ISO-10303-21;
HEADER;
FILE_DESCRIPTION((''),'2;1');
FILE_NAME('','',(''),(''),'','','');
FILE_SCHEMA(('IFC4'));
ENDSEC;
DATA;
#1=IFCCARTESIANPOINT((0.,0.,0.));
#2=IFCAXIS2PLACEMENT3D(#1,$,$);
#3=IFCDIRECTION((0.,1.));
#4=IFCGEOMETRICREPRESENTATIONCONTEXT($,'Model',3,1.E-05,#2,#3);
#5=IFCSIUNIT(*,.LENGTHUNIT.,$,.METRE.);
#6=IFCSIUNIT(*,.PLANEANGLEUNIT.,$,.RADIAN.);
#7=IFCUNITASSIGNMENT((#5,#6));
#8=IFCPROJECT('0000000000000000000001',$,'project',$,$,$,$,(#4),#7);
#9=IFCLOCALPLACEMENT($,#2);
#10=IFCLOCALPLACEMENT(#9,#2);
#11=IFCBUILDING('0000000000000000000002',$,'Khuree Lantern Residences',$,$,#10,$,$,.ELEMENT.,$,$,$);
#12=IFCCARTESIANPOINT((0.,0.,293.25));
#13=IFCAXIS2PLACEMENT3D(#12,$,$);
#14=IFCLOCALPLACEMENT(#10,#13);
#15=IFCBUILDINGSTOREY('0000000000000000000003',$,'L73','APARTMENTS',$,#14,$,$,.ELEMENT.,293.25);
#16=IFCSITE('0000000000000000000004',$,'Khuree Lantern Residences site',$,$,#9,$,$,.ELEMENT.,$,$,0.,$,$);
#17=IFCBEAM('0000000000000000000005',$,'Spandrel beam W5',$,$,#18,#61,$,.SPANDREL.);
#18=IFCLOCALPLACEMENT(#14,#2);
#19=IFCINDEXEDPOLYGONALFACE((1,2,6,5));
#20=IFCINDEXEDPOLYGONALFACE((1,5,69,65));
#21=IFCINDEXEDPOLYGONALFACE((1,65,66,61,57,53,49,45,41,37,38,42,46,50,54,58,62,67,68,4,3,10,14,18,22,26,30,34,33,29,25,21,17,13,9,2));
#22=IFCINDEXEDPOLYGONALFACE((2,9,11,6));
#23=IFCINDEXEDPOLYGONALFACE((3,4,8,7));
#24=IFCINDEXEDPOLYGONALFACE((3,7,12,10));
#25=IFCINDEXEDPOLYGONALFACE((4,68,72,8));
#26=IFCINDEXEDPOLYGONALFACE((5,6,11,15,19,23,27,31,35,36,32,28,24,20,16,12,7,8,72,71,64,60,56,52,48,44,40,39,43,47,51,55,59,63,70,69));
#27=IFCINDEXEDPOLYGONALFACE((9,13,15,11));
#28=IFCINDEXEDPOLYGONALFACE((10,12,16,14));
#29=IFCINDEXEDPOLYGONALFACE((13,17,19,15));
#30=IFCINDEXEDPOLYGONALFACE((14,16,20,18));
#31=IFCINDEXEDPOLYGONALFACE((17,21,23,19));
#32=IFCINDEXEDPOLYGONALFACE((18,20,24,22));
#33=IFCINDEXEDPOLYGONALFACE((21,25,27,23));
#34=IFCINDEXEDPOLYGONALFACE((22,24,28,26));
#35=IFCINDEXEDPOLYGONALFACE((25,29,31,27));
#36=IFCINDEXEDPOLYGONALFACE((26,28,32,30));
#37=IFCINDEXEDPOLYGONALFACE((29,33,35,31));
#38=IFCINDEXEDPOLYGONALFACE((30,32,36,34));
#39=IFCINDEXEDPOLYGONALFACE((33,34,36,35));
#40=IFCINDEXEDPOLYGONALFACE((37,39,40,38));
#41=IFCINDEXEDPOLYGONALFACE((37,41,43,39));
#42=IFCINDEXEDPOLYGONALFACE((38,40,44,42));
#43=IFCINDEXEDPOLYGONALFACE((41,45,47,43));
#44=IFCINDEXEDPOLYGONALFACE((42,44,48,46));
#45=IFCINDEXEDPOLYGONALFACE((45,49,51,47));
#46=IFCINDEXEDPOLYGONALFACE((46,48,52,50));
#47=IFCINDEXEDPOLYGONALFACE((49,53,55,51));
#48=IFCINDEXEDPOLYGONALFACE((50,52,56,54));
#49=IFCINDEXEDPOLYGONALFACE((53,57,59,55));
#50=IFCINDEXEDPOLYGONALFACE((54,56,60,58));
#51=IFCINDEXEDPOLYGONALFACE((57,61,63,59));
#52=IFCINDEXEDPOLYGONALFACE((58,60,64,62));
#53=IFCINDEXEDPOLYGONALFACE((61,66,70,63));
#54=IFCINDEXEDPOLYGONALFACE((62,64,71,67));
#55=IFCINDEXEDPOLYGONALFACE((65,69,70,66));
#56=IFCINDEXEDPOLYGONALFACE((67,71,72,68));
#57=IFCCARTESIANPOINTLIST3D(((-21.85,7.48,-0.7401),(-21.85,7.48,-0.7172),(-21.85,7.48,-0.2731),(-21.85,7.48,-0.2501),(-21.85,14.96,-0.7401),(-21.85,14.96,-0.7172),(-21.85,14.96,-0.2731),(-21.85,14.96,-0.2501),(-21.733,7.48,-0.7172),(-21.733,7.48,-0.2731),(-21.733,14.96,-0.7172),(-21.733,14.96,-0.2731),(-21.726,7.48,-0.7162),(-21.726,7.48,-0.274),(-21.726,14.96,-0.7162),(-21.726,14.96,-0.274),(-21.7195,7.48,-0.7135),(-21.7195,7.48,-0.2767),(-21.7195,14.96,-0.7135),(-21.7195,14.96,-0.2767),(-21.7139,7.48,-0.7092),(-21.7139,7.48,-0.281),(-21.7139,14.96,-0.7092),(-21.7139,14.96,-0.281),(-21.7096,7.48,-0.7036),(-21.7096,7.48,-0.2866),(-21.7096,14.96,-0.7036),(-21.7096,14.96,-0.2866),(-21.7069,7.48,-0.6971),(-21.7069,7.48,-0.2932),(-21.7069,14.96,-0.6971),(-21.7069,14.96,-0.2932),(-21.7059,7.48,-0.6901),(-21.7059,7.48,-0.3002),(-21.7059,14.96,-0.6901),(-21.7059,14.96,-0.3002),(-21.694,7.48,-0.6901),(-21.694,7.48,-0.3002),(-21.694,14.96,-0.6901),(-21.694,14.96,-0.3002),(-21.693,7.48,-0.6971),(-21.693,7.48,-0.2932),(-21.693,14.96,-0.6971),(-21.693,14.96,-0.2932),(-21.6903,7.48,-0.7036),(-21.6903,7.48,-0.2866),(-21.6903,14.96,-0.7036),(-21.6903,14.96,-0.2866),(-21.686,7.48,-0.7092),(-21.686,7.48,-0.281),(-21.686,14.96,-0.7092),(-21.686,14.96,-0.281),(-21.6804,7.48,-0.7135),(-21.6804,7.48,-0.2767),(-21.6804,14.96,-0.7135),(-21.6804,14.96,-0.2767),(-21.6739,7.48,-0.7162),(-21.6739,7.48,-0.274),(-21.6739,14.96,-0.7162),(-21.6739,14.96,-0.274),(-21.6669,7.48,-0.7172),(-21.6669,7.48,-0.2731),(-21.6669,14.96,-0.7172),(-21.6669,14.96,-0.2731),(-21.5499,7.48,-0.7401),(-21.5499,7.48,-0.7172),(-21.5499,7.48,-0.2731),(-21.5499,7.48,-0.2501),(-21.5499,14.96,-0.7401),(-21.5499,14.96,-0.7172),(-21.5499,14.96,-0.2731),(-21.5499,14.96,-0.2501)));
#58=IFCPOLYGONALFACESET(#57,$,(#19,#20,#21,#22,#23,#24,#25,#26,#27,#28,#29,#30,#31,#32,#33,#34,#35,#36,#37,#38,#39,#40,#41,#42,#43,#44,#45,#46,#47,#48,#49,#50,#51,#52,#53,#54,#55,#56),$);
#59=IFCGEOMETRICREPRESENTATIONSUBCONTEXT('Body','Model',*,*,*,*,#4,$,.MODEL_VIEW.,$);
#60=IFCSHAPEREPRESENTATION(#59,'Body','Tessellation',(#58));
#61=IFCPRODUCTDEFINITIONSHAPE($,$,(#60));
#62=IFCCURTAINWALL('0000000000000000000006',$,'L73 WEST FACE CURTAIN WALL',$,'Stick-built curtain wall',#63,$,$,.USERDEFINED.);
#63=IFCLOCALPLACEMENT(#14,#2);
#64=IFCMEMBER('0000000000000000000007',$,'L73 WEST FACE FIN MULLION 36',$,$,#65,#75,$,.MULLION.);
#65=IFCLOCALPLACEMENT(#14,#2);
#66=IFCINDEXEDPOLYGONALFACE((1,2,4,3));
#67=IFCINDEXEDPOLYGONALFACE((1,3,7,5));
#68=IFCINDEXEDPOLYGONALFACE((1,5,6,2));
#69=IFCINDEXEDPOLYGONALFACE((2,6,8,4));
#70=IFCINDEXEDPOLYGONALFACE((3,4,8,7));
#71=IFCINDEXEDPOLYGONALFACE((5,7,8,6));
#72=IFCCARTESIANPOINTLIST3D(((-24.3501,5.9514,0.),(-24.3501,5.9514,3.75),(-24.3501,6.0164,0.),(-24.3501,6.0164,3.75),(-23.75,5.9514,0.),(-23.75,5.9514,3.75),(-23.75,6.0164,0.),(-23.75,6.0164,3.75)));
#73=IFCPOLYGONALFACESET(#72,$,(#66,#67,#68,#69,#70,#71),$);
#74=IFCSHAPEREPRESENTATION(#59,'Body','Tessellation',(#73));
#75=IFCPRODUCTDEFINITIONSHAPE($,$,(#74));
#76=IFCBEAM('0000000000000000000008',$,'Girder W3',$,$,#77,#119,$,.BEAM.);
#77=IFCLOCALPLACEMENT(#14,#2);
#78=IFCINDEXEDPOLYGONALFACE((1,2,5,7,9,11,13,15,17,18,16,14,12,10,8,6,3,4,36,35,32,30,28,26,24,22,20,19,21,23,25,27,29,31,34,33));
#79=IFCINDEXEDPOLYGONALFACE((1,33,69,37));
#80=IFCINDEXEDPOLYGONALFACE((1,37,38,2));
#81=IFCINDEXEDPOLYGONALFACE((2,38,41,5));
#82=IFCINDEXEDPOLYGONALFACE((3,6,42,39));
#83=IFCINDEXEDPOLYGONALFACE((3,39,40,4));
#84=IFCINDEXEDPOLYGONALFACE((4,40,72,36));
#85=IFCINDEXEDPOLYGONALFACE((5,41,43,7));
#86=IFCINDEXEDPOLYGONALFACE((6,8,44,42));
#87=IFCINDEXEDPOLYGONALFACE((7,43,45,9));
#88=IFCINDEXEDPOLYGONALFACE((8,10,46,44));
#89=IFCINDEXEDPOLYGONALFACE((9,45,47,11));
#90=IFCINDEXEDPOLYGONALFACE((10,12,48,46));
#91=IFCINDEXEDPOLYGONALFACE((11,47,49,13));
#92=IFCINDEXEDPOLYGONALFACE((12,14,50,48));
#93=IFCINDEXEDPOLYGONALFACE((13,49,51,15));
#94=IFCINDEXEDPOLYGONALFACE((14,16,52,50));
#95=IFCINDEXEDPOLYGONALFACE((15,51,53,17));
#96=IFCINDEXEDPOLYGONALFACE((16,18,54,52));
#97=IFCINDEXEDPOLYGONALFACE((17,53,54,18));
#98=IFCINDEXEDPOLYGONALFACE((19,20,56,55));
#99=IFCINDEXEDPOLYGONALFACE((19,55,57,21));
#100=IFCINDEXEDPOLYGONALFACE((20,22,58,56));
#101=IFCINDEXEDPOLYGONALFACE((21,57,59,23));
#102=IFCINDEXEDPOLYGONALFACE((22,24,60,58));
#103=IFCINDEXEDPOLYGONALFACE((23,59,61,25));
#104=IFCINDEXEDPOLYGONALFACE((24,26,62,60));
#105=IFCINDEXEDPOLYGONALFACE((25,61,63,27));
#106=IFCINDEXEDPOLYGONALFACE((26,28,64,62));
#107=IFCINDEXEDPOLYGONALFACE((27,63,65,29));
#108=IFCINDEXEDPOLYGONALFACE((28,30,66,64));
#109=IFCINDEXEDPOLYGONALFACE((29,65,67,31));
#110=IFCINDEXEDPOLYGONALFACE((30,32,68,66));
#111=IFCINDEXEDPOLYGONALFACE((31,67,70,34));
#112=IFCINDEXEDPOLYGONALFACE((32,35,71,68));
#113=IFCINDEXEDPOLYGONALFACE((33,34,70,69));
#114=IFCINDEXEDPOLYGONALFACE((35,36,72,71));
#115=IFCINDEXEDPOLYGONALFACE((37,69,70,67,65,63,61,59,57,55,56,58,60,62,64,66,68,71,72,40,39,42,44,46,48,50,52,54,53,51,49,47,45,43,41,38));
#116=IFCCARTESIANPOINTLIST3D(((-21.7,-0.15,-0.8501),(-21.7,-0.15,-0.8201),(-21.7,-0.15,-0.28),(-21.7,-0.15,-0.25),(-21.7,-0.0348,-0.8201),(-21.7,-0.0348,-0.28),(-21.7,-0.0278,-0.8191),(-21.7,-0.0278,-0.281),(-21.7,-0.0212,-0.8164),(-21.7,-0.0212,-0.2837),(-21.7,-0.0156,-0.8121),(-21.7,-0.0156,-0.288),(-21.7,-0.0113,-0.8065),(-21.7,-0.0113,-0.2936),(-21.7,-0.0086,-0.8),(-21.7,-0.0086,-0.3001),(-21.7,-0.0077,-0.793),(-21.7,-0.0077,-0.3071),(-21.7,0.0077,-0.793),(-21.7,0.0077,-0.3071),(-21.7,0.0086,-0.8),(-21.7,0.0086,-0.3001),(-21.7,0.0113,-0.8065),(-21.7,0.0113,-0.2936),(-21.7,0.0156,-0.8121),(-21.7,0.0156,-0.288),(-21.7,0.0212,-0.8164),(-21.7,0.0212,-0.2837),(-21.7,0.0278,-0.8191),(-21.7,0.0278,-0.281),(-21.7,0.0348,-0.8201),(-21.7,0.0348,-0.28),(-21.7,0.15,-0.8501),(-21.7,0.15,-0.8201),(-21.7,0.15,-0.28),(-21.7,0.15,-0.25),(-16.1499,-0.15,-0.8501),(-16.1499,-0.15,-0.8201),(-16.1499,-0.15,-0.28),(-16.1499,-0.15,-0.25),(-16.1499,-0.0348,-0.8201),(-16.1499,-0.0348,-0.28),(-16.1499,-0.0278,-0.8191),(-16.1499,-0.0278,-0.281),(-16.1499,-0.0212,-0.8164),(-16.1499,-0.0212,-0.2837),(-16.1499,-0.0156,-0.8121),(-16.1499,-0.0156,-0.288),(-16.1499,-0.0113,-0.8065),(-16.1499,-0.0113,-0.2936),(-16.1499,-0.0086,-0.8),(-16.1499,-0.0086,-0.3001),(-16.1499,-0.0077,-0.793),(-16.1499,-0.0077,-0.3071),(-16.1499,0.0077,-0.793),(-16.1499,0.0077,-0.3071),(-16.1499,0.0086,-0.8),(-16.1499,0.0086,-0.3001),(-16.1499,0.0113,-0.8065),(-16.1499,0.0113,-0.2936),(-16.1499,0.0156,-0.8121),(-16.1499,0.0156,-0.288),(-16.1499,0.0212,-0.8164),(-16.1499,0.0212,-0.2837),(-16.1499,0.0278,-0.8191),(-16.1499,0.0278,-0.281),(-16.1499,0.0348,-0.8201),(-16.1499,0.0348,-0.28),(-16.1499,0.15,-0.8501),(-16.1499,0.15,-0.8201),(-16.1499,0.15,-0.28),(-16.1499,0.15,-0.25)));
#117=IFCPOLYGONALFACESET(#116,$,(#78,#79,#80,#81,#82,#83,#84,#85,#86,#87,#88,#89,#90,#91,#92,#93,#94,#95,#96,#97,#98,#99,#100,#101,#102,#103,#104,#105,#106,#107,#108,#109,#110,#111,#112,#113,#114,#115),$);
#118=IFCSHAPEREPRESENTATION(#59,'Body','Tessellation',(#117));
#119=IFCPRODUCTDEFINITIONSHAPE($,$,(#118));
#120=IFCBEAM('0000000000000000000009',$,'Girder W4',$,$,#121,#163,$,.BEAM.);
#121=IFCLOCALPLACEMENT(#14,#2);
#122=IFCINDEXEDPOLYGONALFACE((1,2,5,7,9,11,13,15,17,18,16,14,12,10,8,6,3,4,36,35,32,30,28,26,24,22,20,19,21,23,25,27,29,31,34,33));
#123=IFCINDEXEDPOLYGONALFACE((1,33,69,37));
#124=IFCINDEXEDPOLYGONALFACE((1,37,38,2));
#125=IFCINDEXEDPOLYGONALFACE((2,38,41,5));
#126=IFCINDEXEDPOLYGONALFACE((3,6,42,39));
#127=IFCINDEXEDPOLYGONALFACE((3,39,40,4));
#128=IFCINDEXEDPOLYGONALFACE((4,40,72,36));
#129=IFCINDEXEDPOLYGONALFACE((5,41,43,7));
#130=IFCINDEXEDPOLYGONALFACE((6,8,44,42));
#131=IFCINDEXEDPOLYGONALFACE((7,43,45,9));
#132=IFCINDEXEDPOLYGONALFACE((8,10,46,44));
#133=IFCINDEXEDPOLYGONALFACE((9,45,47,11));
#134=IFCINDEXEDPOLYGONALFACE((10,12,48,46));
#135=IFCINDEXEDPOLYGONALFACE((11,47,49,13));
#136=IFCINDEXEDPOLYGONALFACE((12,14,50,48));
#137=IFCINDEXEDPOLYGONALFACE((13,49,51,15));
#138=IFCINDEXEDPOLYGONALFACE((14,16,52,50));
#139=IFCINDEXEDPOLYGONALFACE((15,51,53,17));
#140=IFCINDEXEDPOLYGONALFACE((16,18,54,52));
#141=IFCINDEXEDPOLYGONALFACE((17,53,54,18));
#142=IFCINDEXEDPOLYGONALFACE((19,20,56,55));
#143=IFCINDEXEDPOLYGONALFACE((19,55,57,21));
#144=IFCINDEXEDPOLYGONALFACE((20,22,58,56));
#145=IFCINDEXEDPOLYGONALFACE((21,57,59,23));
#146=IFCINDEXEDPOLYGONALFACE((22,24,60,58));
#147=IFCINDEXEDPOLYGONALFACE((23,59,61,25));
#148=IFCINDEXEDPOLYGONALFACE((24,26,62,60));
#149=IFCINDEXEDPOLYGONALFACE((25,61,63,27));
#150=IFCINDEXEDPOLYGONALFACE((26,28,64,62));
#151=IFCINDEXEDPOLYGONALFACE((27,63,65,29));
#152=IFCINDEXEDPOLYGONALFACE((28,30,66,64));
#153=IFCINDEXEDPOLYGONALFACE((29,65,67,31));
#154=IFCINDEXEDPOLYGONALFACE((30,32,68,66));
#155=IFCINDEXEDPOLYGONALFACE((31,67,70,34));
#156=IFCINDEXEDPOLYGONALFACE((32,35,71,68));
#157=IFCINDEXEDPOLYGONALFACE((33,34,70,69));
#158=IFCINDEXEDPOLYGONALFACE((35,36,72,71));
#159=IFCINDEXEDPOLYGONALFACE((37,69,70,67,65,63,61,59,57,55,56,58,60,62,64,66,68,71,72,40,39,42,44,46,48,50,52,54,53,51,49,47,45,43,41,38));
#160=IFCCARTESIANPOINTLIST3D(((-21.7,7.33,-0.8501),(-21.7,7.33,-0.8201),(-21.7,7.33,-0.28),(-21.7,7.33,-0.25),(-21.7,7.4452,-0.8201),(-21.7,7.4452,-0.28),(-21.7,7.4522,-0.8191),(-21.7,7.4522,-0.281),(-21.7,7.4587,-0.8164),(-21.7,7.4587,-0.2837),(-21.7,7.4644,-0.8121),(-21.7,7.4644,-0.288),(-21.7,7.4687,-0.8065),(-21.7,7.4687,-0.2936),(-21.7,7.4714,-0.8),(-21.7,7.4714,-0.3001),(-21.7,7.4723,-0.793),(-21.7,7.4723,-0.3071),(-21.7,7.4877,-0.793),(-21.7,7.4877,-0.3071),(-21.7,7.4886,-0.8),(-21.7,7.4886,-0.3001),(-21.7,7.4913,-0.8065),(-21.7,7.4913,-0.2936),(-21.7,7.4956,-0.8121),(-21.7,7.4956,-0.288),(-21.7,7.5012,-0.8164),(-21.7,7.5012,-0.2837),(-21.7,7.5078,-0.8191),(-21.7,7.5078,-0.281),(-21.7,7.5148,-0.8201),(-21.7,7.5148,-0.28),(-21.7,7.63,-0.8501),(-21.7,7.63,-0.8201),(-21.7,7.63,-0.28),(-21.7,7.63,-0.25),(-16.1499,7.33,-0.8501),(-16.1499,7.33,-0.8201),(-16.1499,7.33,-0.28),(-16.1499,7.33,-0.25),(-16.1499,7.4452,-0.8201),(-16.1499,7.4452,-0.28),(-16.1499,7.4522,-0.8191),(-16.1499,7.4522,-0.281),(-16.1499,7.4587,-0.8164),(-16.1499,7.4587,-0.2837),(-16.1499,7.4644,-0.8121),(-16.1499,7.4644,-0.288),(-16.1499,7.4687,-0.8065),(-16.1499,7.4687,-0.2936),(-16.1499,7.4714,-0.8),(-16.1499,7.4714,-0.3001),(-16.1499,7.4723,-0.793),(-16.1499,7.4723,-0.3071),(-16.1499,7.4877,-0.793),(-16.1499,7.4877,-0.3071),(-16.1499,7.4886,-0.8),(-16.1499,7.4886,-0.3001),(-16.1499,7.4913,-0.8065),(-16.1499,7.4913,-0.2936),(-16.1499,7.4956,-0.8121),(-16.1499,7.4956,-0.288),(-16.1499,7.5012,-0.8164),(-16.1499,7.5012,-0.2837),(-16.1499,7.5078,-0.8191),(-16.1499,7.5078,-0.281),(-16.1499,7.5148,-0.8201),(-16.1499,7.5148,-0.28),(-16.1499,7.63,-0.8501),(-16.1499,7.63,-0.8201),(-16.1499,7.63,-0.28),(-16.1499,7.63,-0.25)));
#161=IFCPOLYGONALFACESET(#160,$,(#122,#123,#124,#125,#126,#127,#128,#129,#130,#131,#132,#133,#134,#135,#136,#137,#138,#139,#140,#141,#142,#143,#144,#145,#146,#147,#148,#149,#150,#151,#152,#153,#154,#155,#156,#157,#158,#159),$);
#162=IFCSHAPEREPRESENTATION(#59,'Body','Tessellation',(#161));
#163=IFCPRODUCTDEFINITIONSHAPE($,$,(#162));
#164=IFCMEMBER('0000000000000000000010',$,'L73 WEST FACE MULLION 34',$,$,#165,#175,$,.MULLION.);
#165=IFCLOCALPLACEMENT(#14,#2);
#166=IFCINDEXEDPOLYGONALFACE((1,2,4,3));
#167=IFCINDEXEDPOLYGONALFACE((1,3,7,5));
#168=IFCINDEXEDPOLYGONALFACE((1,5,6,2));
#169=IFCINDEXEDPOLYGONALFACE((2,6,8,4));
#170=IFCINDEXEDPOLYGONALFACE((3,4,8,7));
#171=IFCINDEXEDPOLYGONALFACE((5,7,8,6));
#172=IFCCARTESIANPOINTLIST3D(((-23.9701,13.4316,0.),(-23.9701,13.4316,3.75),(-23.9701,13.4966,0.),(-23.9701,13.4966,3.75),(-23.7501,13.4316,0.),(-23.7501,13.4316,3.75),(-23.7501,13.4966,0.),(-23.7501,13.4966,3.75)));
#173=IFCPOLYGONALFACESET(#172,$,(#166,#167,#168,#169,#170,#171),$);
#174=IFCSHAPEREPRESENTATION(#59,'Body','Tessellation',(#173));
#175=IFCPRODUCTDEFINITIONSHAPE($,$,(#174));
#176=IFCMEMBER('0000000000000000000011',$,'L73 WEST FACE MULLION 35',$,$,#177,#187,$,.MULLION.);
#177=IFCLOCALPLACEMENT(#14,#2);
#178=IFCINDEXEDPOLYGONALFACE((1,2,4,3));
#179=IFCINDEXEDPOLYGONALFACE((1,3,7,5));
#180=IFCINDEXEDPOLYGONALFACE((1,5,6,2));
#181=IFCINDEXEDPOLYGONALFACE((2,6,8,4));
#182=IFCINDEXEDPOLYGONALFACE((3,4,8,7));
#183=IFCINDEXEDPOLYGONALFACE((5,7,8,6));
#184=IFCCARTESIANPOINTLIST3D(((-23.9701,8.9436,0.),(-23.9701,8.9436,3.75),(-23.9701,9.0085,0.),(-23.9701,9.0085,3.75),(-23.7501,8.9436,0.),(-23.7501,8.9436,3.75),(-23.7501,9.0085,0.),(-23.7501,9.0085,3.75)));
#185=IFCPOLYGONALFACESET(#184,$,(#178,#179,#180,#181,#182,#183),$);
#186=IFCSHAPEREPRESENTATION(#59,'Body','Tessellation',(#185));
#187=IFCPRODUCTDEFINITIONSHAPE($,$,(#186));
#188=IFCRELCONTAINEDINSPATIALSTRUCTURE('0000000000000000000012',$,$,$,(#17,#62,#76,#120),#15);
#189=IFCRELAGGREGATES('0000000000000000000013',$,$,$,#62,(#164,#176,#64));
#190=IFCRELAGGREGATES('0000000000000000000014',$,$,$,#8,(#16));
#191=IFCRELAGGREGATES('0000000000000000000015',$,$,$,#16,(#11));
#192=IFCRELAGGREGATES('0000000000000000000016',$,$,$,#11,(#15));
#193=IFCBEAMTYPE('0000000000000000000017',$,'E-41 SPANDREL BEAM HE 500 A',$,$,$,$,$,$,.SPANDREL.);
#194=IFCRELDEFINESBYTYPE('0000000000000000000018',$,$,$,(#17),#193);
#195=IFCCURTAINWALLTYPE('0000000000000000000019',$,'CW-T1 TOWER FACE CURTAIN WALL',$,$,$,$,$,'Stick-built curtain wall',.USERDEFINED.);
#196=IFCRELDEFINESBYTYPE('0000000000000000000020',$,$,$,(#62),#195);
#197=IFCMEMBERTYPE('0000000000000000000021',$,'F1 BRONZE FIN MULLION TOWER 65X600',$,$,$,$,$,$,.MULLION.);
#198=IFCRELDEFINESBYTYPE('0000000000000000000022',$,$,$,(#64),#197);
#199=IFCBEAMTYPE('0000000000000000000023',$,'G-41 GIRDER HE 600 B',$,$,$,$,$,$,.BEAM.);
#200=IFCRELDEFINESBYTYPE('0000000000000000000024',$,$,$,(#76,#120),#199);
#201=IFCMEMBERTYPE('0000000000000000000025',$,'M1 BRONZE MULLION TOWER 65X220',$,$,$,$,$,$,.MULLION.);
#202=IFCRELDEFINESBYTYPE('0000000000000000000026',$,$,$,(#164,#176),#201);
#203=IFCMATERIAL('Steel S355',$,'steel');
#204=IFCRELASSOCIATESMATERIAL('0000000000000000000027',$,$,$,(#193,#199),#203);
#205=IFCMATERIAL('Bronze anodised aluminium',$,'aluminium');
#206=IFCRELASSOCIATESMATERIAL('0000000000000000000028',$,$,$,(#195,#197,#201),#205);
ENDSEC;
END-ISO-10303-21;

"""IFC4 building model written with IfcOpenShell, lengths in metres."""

from ifc_helpers import new_model, si_unit, direction, frame, origin, origin_2d, place, context, subcontext, project, spatial, rectangle, i_section, extrude, material, material_profile, profile_set, type_object, element, aggregate, save


model = new_model("IFC4")

# Units and contexts
model_context = context("Model", 3, precision=1e-05, world=origin(), true_north=direction((0.0, 1.0)))
body_context = subcontext(model_context, "Body", "Model", "MODEL_VIEW")
ifc_project = project(units=[si_unit("LENGTHUNIT", "METRE"), si_unit("PLANEANGLEUNIT", "RADIAN")], contexts=[model_context])

# Site, building, storey
site_placement = place(None, origin())
site = spatial("IfcSite", under=ifc_project, at=site_placement, Name="Khuree Lantern Residences site", CompositionType="ELEMENT", RefElevation=0.0)
building_placement = place(site_placement, origin())
building = spatial("IfcBuilding", under=site, at=building_placement, Name="Khuree Lantern Residences", CompositionType="ELEMENT")
storey_placement = place(building_placement, frame((0.0, 0.0, 293.25)))
storey = spatial("IfcBuildingStorey", under=building, at=storey_placement, Name="L73", Description="APARTMENTS", CompositionType="ELEMENT", Elevation=293.25)

# Beam
ifc_material_1 = material(Name="Steel S355", Category="steel")
ifc_material_profile_1 = material_profile(ifc_material_1, i_section(OverallWidth=0.3, OverallDepth=0.49, WebThickness=0.012, FlangeThickness=0.0229, FilletRadius=0.0271, at=origin_2d()), Name="HE 500 A")
ifc_profile_set_1 = profile_set([ifc_material_profile_1], Name="Steel S355")
beam_type_1 = type_object("IfcBeamType", Name="E-41 SPANDREL BEAM HE 500 A", PredefinedType="SPANDREL", material=ifc_profile_set_1)
for number, where, z_axis, x_axis, name in (
    (1, (-21.7, 7.48, -0.4951), (0.0, 1.0, 0.0), (-1.0, 0.0, 0.0), "Spandrel beam W5"),
):
    element("IfcBeam", number, at=place(storey_placement, frame(where, z_axis=z_axis, x_axis=x_axis)), inside=storey, type_object=beam_type_1, Name=name, PredefinedType="SPANDREL", context=body_context, shape_type="SweptSolid", body=[
        extrude(i_section(OverallWidth=0.3, OverallDepth=0.49, WebThickness=0.012, FlangeThickness=0.0229, FilletRadius=0.0271, at=origin_2d()), origin(), (0.0, 0.0, 1.0), 7.48),
    ])

# Curtain wall, member
ifc_material_2 = material(Name="Bronze anodised aluminium", Category="aluminium")
curtain_wall_type = type_object("IfcCurtainWallType", Name="CW-T1 TOWER FACE CURTAIN WALL", ElementType="Stick-built curtain wall", PredefinedType="USERDEFINED", material=ifc_material_2)
curtain_wall_placement = place(storey_placement, origin())
curtain_wall = element("IfcCurtainWall", 2, at=curtain_wall_placement, inside=storey, type_object=curtain_wall_type, Name="L73 WEST FACE CURTAIN WALL", ObjectType="Stick-built curtain wall", PredefinedType="USERDEFINED")
ifc_material_profile_2 = material_profile(ifc_material_2, rectangle(XDim=0.0649, YDim=0.6001, at=origin_2d()), Name="F1 65X600")
ifc_profile_set_2 = profile_set([ifc_material_profile_2], Name="Bronze anodised aluminium")
member_type_1 = type_object("IfcMemberType", Name="F1 BRONZE FIN MULLION TOWER 65X600", PredefinedType="MULLION", material=ifc_profile_set_2)
member_1_placement = place(storey_placement, frame((-24.05, 5.9839, 0.0), z_axis=(0.0, 0.0, 1.0), x_axis=(0.0, -1.0, 0.0)))
member_1 = element("IfcMember", 3, at=member_1_placement, type_object=member_type_1, Name="L73 WEST FACE FIN MULLION 36", PredefinedType="MULLION", context=body_context, shape_type="SweptSolid", body=[
    extrude(rectangle(XDim=0.0649, YDim=0.6001, at=origin_2d()), origin(), (0.0, 0.0, 1.0), 3.75),
])

# Beams
ifc_material_profile_3 = material_profile(ifc_material_1, i_section(OverallWidth=0.3, OverallDepth=0.6001, WebThickness=0.0154, FlangeThickness=0.03, FilletRadius=0.0271, at=origin_2d()), Name="HE 600 B")
ifc_profile_set_3 = profile_set([ifc_material_profile_3], Name="Steel S355")
beam_type_2 = type_object("IfcBeamType", Name="G-41 GIRDER HE 600 B", PredefinedType="BEAM", material=ifc_profile_set_3)
for number, where, z_axis, x_axis, name in (
    (4, (-21.7, 0.0, -0.55), (1.0, 0.0, 0.0), (0.0, 1.0, 0.0), "Girder W3"),
    (5, (-21.7, 7.48, -0.55), (1.0, 0.0, 0.0), (0.0, 1.0, 0.0), "Girder W4"),
):
    element("IfcBeam", number, at=place(storey_placement, frame(where, z_axis=z_axis, x_axis=x_axis)), inside=storey, type_object=beam_type_2, Name=name, PredefinedType="BEAM", context=body_context, shape_type="SweptSolid", body=[
        extrude(i_section(OverallWidth=0.3, OverallDepth=0.6001, WebThickness=0.0154, FlangeThickness=0.03, FilletRadius=0.0271, at=origin_2d()), origin(), (0.0, 0.0, 1.0), 5.55),
    ])

# Members
ifc_material_profile_4 = material_profile(ifc_material_2, rectangle(XDim=0.0649, YDim=0.22, at=origin_2d()), Name="M1 65X220")
ifc_profile_set_4 = profile_set([ifc_material_profile_4], Name="Bronze anodised aluminium")
member_type_2 = type_object("IfcMemberType", Name="M1 BRONZE MULLION TOWER 65X220", PredefinedType="MULLION", material=ifc_profile_set_4)
member_2_placement = place(storey_placement, frame((-23.8601, 13.4641, 0.0), z_axis=(0.0, 0.0, 1.0), x_axis=(0.0, -1.0, 0.0)))
member_2 = element("IfcMember", 6, at=member_2_placement, type_object=member_type_2, Name="L73 WEST FACE MULLION 34", PredefinedType="MULLION", context=body_context, shape_type="SweptSolid", body=[
    extrude(rectangle(XDim=0.0649, YDim=0.22, at=origin_2d()), origin(), (0.0, 0.0, 1.0), 3.75),
])
member_3_placement = place(storey_placement, frame((-23.8601, 8.9761, 0.0), z_axis=(0.0, 0.0, 1.0), x_axis=(0.0, -1.0, 0.0)))
member_3 = element("IfcMember", 7, at=member_3_placement, type_object=member_type_2, Name="L73 WEST FACE MULLION 35", PredefinedType="MULLION", context=body_context, shape_type="SweptSolid", body=[
    extrude(rectangle(XDim=0.0649, YDim=0.22, at=origin_2d()), origin(), (0.0, 0.0, 1.0), 3.75),
])

aggregate(curtain_wall, [member_2, member_3, member_1])

save(model, "model.ifc")
